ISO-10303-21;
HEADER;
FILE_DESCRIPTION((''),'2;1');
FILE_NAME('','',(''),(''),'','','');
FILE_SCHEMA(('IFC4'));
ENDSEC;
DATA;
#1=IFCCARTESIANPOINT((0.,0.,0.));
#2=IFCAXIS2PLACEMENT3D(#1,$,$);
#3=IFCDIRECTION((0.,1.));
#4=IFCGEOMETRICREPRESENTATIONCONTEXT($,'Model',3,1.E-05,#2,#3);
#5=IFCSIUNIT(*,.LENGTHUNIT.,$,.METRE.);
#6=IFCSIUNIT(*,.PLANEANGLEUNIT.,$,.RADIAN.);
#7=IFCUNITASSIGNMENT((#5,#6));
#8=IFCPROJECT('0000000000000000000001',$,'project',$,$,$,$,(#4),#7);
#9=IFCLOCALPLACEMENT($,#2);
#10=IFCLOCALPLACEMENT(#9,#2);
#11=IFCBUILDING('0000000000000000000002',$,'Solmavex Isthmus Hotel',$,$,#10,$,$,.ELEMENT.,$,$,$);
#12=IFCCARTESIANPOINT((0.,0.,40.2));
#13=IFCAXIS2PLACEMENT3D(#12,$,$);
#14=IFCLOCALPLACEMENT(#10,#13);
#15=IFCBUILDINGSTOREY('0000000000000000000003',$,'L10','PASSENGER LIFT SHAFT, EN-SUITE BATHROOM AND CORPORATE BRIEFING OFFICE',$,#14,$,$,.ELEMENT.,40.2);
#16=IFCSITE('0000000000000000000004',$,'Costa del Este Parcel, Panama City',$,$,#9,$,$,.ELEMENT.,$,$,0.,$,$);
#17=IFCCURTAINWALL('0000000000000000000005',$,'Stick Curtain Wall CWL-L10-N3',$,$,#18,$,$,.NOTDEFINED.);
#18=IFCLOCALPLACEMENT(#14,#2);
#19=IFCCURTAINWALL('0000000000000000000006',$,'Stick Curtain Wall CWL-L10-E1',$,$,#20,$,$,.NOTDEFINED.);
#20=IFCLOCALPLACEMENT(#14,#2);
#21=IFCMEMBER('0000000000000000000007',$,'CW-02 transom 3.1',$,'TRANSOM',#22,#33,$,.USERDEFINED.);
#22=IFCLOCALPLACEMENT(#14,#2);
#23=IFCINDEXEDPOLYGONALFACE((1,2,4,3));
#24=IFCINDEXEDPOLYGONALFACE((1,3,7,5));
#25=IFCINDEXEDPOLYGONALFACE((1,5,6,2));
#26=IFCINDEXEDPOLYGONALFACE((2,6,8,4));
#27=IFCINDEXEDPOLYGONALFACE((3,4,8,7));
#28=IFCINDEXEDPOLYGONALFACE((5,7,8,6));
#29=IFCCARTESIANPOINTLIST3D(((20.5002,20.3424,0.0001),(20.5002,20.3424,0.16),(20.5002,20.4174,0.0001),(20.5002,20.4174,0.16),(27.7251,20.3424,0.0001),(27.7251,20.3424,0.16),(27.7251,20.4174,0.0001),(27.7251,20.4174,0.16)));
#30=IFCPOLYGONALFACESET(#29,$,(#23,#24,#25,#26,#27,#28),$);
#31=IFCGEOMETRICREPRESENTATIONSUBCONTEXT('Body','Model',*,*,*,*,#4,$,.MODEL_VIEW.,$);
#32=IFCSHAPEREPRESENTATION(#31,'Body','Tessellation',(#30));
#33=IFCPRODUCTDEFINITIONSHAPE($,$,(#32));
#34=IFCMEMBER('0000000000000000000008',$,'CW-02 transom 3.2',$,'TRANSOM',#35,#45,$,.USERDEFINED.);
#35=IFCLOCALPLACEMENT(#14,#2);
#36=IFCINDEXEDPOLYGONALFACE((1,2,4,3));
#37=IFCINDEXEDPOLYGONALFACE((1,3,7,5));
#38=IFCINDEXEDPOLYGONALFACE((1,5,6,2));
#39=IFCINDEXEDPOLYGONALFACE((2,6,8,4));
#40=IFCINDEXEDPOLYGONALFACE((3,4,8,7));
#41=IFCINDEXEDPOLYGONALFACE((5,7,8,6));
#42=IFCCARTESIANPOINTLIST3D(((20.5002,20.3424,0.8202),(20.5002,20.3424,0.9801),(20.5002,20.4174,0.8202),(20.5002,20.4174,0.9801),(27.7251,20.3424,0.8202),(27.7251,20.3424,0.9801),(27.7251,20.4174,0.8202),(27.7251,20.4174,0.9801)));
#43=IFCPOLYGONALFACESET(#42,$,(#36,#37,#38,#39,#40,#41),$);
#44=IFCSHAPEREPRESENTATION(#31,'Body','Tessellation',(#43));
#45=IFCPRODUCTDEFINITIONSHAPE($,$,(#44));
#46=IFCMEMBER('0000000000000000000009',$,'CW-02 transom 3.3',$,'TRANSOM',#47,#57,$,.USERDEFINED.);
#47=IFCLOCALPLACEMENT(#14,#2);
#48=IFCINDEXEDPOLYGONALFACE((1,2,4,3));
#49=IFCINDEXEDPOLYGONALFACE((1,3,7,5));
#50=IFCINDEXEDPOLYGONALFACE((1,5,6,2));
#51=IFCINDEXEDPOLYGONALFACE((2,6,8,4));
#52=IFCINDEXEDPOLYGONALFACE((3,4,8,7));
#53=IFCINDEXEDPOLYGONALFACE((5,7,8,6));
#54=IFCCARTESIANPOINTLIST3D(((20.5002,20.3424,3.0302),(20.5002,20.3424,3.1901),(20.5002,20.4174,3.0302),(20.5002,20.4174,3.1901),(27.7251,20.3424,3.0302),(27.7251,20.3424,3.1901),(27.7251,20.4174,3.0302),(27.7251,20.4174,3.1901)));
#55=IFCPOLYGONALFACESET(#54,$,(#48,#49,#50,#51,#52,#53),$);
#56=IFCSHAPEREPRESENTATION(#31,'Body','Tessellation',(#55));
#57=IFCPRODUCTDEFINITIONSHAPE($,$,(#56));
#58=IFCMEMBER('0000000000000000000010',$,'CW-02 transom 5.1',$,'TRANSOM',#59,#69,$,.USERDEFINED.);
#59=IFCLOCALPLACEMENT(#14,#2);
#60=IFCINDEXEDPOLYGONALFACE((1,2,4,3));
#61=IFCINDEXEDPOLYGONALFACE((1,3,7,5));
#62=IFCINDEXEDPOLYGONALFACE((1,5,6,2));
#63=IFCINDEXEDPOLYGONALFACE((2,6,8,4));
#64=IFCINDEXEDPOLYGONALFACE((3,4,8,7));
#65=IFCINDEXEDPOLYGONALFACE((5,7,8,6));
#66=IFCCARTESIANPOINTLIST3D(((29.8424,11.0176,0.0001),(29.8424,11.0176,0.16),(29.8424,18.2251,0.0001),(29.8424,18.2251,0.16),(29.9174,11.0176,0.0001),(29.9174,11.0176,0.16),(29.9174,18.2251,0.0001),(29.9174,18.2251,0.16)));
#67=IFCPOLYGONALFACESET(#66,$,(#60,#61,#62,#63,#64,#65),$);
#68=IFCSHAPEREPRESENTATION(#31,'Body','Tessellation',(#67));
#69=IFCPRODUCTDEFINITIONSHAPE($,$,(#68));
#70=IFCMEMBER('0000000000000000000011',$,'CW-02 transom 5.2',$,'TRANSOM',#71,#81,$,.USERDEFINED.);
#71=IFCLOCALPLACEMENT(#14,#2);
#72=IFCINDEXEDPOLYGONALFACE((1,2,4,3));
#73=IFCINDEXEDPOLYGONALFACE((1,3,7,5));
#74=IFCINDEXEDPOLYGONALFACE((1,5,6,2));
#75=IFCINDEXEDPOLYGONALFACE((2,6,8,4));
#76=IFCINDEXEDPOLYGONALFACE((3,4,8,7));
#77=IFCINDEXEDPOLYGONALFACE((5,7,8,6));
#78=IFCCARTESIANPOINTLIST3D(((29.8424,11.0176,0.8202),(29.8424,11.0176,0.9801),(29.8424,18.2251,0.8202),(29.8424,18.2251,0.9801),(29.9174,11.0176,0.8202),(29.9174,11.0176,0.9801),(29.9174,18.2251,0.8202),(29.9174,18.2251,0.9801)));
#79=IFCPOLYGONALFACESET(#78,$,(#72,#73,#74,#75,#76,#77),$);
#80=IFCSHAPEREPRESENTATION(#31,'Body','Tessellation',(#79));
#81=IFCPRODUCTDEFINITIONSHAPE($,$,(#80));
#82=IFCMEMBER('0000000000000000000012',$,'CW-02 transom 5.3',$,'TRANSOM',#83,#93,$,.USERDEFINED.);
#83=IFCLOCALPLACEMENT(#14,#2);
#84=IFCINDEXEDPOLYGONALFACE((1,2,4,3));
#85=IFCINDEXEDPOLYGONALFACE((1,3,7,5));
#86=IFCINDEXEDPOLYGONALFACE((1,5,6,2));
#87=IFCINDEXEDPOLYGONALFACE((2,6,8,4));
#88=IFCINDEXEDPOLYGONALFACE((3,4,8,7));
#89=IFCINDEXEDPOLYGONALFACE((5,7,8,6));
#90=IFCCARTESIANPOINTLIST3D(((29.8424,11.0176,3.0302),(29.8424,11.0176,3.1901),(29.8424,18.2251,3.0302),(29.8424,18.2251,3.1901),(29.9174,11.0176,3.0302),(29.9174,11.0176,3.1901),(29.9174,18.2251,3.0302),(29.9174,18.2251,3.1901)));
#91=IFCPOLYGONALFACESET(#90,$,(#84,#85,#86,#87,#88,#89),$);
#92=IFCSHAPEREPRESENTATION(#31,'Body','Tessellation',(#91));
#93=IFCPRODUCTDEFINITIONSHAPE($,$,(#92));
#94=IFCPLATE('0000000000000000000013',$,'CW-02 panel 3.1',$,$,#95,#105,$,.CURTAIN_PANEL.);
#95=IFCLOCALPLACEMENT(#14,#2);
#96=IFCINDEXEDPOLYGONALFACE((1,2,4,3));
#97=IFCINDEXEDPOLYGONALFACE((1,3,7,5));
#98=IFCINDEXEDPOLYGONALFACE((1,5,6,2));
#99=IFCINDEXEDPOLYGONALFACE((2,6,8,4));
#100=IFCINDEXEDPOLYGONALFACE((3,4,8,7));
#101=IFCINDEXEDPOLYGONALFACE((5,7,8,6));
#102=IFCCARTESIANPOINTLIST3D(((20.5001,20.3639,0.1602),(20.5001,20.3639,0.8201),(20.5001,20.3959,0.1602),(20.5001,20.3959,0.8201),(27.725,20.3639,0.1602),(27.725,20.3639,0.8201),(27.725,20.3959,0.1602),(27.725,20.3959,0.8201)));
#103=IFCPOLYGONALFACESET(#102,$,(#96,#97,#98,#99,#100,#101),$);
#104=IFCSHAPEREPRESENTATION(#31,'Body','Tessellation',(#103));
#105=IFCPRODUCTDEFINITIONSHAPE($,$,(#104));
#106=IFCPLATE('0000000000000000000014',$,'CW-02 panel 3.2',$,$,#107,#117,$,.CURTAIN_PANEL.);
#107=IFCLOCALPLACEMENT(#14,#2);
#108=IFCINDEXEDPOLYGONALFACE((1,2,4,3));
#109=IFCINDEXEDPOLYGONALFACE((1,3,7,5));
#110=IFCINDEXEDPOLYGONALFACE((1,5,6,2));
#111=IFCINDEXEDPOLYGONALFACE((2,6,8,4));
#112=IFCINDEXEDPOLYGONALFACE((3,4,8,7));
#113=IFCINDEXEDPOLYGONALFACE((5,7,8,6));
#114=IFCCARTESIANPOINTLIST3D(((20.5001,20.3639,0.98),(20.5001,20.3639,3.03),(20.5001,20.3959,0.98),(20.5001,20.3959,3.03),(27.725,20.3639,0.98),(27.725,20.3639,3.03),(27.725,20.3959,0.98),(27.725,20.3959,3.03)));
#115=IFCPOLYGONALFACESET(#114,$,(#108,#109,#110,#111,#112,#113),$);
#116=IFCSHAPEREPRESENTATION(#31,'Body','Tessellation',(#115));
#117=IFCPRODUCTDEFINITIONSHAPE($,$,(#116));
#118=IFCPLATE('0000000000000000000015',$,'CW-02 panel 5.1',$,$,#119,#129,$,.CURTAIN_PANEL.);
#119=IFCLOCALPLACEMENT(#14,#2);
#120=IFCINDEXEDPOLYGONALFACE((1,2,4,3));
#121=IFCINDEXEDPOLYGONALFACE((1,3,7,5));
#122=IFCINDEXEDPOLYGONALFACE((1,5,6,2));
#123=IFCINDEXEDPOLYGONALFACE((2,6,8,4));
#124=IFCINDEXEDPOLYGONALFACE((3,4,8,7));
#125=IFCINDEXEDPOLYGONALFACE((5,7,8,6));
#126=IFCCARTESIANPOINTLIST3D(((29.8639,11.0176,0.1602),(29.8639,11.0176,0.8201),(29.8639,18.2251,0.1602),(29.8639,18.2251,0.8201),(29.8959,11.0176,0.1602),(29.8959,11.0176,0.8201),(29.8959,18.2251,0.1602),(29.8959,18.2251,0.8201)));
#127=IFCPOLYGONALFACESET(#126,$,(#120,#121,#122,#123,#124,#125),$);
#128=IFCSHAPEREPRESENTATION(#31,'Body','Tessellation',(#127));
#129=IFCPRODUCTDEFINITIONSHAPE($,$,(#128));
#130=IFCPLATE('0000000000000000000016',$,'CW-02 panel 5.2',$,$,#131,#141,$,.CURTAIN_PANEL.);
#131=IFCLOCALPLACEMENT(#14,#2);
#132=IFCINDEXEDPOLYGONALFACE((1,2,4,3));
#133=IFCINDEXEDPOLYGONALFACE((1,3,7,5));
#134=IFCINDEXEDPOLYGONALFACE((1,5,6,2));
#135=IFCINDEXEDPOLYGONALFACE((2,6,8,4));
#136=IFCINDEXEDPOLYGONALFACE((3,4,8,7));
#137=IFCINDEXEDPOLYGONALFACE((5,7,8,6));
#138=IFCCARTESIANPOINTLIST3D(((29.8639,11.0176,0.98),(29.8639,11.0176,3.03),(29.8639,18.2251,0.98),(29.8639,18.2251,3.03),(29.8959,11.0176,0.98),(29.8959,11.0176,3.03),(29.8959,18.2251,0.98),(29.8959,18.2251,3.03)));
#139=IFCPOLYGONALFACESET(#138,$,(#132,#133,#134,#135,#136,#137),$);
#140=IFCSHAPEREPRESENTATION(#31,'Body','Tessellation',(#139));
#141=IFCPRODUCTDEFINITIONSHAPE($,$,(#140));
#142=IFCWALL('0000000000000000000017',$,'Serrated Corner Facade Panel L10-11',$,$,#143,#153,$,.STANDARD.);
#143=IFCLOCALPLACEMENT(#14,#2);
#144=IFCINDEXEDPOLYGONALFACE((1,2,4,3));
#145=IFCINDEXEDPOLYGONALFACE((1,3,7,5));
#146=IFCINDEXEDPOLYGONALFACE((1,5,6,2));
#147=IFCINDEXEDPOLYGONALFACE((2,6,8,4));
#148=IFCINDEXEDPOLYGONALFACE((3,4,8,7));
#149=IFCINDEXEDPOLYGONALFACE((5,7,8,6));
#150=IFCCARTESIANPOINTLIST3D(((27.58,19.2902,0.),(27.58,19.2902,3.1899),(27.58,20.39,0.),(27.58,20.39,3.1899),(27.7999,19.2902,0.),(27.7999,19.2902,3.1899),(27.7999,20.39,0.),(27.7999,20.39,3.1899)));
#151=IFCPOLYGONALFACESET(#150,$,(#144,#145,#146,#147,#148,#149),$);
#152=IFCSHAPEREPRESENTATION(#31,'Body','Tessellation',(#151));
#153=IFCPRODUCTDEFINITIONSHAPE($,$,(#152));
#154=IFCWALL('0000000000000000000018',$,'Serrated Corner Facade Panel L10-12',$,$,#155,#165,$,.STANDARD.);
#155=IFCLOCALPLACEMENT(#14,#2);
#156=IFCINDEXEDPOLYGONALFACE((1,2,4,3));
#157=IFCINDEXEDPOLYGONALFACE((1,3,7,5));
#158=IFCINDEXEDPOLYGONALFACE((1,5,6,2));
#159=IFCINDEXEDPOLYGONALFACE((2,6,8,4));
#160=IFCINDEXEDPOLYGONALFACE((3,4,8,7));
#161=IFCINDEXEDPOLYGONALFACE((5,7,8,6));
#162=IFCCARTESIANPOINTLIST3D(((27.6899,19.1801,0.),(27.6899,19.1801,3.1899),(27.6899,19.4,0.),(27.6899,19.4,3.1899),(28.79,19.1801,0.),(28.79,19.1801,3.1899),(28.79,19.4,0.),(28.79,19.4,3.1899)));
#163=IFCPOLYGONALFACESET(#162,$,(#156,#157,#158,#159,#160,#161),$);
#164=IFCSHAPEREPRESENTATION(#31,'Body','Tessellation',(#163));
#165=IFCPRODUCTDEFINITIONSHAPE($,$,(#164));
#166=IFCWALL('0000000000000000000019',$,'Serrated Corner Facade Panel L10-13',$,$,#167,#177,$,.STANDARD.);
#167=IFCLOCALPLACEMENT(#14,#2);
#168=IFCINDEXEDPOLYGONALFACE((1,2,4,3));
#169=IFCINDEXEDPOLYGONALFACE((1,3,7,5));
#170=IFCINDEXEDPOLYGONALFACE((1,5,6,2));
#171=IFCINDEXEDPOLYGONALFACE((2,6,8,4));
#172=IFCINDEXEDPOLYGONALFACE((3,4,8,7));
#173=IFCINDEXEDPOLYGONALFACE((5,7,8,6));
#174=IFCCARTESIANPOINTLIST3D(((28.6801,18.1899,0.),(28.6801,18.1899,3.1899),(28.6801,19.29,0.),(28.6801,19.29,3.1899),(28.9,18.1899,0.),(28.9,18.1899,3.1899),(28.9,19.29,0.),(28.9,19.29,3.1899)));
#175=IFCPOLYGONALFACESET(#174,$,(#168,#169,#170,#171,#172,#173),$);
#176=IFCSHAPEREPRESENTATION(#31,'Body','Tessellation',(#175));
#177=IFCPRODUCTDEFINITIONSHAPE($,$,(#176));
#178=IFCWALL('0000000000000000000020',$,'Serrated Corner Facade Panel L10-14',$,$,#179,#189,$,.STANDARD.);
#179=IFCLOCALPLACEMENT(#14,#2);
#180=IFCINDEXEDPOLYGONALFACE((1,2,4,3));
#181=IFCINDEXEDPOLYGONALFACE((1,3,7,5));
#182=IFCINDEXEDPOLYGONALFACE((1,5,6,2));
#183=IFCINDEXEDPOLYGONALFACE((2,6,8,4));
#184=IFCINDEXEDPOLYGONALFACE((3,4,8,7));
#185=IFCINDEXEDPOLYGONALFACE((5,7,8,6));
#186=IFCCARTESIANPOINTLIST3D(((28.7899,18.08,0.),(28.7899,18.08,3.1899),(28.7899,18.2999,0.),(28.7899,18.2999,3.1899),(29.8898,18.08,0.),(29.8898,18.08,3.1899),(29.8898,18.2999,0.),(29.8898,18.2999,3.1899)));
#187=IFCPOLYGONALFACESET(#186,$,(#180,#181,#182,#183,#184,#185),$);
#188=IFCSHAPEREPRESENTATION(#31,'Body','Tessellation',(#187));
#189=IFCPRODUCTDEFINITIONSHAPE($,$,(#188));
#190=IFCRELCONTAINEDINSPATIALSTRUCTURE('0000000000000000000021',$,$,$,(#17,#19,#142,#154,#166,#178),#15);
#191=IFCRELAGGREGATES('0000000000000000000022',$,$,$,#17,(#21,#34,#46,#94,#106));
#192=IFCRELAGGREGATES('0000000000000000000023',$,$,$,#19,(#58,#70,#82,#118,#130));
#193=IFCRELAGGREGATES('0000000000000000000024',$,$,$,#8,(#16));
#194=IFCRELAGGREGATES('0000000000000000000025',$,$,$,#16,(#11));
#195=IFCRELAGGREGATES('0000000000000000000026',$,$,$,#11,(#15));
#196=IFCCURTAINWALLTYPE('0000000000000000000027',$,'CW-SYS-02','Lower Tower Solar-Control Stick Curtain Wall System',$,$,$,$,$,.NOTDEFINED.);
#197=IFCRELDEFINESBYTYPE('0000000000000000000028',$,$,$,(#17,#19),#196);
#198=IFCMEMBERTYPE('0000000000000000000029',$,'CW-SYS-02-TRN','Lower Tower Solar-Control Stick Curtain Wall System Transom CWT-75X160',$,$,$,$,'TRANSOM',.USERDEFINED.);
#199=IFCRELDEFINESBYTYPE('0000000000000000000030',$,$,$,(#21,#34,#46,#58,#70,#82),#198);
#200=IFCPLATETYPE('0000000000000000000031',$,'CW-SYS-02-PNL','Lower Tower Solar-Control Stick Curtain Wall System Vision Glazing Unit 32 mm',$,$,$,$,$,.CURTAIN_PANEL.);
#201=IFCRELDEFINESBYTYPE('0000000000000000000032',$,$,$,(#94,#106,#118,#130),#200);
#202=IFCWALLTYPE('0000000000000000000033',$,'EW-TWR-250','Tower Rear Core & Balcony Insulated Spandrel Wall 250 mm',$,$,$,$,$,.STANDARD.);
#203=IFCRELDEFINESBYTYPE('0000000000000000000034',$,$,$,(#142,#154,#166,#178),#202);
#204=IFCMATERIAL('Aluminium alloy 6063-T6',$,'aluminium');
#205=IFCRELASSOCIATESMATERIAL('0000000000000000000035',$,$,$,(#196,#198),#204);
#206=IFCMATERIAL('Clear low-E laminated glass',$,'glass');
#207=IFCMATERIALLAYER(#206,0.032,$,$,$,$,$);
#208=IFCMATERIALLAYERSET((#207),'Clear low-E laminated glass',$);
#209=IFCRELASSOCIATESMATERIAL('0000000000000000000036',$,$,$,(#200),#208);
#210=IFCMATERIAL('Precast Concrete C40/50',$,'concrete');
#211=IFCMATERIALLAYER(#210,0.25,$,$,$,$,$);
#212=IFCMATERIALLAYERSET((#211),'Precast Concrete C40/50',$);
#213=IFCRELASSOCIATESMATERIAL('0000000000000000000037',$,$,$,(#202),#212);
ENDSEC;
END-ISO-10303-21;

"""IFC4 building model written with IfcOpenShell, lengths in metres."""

from ifc_helpers import new_model, si_unit, direction, frame, frame_2d, origin, origin_2d, place, context, subcontext, project, spatial, rectangle, extrude, material, layer, layer_set, material_profile, profile_set, type_object, element, aggregate, save


model = new_model("IFC4")

# Units and contexts
model_context = context("Model", 3, precision=1e-05, world=origin(), true_north=direction((0.0, 1.0)))
body_context = subcontext(model_context, "Body", "Model", "MODEL_VIEW")
ifc_project = project(units=[si_unit("LENGTHUNIT", "METRE"), si_unit("PLANEANGLEUNIT", "RADIAN")], contexts=[model_context])

# Site, building, storey
site_placement = place(None, origin())
site = spatial("IfcSite", under=ifc_project, at=site_placement, Name="Costa del Este Parcel, Panama City", CompositionType="ELEMENT", RefElevation=0.0)
building_placement = place(site_placement, origin())
building = spatial("IfcBuilding", under=site, at=building_placement, Name="Solmavex Isthmus Hotel", CompositionType="ELEMENT")
storey_placement = place(building_placement, frame((0.0, 0.0, 40.2)))
storey = spatial("IfcBuildingStorey", under=building, at=storey_placement, Name="L10", Description="PASSENGER LIFT SHAFT, EN-SUITE BATHROOM AND CORPORATE BRIEFING OFFICE", CompositionType="ELEMENT", Elevation=40.2)

# Curtain wall
ifc_material_1 = material(Name="Aluminium alloy 6063-T6", Category="aluminium")
curtain_wall_type = type_object("IfcCurtainWallType", Name="CW-SYS-02", Description="Lower Tower Solar-Control Stick Curtain Wall System", PredefinedType="NOTDEFINED", material=ifc_material_1)
curtain_wall_1_placement = place(storey_placement, origin())
curtain_wall_1 = element("IfcCurtainWall", 1, at=curtain_wall_1_placement, inside=storey, type_object=curtain_wall_type, Name="Stick Curtain Wall CWL-L10-N3", PredefinedType="NOTDEFINED")

# Curtain wall
curtain_wall_2_placement = place(storey_placement, origin())
curtain_wall_2 = element("IfcCurtainWall", 2, at=curtain_wall_2_placement, inside=storey, type_object=curtain_wall_type, Name="Stick Curtain Wall CWL-L10-E1", PredefinedType="NOTDEFINED")

# Members
ifc_material_profile_1 = material_profile(ifc_material_1, rectangle(XDim=0.075, YDim=0.1599, at=origin_2d()), Name="CWT-75X160")
ifc_profile_set_1 = profile_set([ifc_material_profile_1], Name="Aluminium alloy 6063-T6")
member_type_1 = type_object("IfcMemberType", Name="CW-SYS-02-TRN", Description="Lower Tower Solar-Control Stick Curtain Wall System Transom CWT-75X160", ElementType="TRANSOM", PredefinedType="USERDEFINED", material=ifc_profile_set_1)
member_1_placement = place(storey_placement, frame((20.5002, 20.3799, 0.0801), z_axis=(1.0, 0.0, 0.0), x_axis=(0.0, 1.0, 0.0)))
member_1 = element("IfcMember", 3, at=member_1_placement, type_object=member_type_1, Name="CW-02 transom 3.1", ObjectType="TRANSOM", PredefinedType="USERDEFINED", context=body_context, shape_type="SweptSolid", body=[
    extrude(rectangle(XDim=0.075, YDim=0.1599, at=origin_2d()), origin(), (0.0, 0.0, 1.0), 7.2249),
])
member_2_placement = place(storey_placement, frame((20.5002, 20.3799, 0.9001), z_axis=(1.0, 0.0, 0.0), x_axis=(0.0, 1.0, 0.0)))
member_2 = element("IfcMember", 4, at=member_2_placement, type_object=member_type_1, Name="CW-02 transom 3.2", ObjectType="TRANSOM", PredefinedType="USERDEFINED", context=body_context, shape_type="SweptSolid", body=[
    extrude(rectangle(XDim=0.075, YDim=0.1599, at=origin_2d()), origin(), (0.0, 0.0, 1.0), 7.2249),
])
member_3_placement = place(storey_placement, frame((20.5002, 20.3799, 3.1101), z_axis=(1.0, 0.0, 0.0), x_axis=(0.0, 1.0, 0.0)))
member_3 = element("IfcMember", 5, at=member_3_placement, type_object=member_type_1, Name="CW-02 transom 3.3", ObjectType="TRANSOM", PredefinedType="USERDEFINED", context=body_context, shape_type="SweptSolid", body=[
    extrude(rectangle(XDim=0.075, YDim=0.1599, at=origin_2d()), origin(), (0.0, 0.0, 1.0), 7.2249),
])
member_4_placement = place(storey_placement, frame((29.8799, 11.0176, 0.0801), z_axis=(0.0, 1.0, 0.0), x_axis=(-1.0, 0.0, 0.0)))
member_4 = element("IfcMember", 6, at=member_4_placement, type_object=member_type_1, Name="CW-02 transom 5.1", ObjectType="TRANSOM", PredefinedType="USERDEFINED", context=body_context, shape_type="SweptSolid", body=[
    extrude(rectangle(XDim=0.075, YDim=0.1599, at=origin_2d()), origin(), (0.0, 0.0, 1.0), 7.2075),
])
member_5_placement = place(storey_placement, frame((29.8799, 11.0176, 0.9001), z_axis=(0.0, 1.0, 0.0), x_axis=(-1.0, 0.0, 0.0)))
member_5 = element("IfcMember", 7, at=member_5_placement, type_object=member_type_1, Name="CW-02 transom 5.2", ObjectType="TRANSOM", PredefinedType="USERDEFINED", context=body_context, shape_type="SweptSolid", body=[
    extrude(rectangle(XDim=0.075, YDim=0.1599, at=origin_2d()), origin(), (0.0, 0.0, 1.0), 7.2075),
])
member_6_placement = place(storey_placement, frame((29.8799, 11.0176, 3.1101), z_axis=(0.0, 1.0, 0.0), x_axis=(-1.0, 0.0, 0.0)))
member_6 = element("IfcMember", 8, at=member_6_placement, type_object=member_type_1, Name="CW-02 transom 5.3", ObjectType="TRANSOM", PredefinedType="USERDEFINED", context=body_context, shape_type="SweptSolid", body=[
    extrude(rectangle(XDim=0.075, YDim=0.1599, at=origin_2d()), origin(), (0.0, 0.0, 1.0), 7.2075),
])

# Plates
ifc_material_2 = material(Name="Clear low-E laminated glass", Category="glass")
ifc_layer_1 = layer(ifc_material_2, 0.032)
ifc_layer_set_1 = layer_set([ifc_layer_1], Name="Clear low-E laminated glass")
plate_type = type_object("IfcPlateType", Name="CW-SYS-02-PNL", Description="Lower Tower Solar-Control Stick Curtain Wall System Vision Glazing Unit 32 mm", PredefinedType="CURTAIN_PANEL", material=ifc_layer_set_1)
plate_1_placement = place(storey_placement, frame((24.1125, 20.3799, 0.1602), z_axis=(0.0, 0.0, 1.0), x_axis=(1.0, 0.0, 0.0)))
plate_1 = element("IfcPlate", 9, at=plate_1_placement, type_object=plate_type, Name="CW-02 panel 3.1", PredefinedType="CURTAIN_PANEL", context=body_context, shape_type="SweptSolid", body=[
    extrude(rectangle(XDim=7.2249, YDim=0.032, at=origin_2d()), origin(), (0.0, 0.0, 1.0), 0.6599),
])
plate_2_placement = place(storey_placement, frame((24.1125, 20.3799, 0.98), z_axis=(0.0, 0.0, 1.0), x_axis=(1.0, 0.0, 0.0)))
plate_2 = element("IfcPlate", 10, at=plate_2_placement, type_object=plate_type, Name="CW-02 panel 3.2", PredefinedType="CURTAIN_PANEL", context=body_context, shape_type="SweptSolid", body=[
    extrude(rectangle(XDim=7.2249, YDim=0.032, at=origin_2d()), origin(), (0.0, 0.0, 1.0), 2.05),
])
aggregate(curtain_wall_1, [member_1, member_2, member_3, plate_1, plate_2])
plate_3_placement = place(storey_placement, frame((29.8799, 14.6213, 0.1602), z_axis=(0.0, 0.0, 1.0), x_axis=(0.0, 1.0, 0.0)))
plate_3 = element("IfcPlate", 11, at=plate_3_placement, type_object=plate_type, Name="CW-02 panel 5.1", PredefinedType="CURTAIN_PANEL", context=body_context, shape_type="SweptSolid", body=[
    extrude(rectangle(XDim=7.2075, YDim=0.032, at=origin_2d()), origin(), (0.0, 0.0, 1.0), 0.6599),
])
plate_4_placement = place(storey_placement, frame((29.8799, 14.6213, 0.98), z_axis=(0.0, 0.0, 1.0), x_axis=(0.0, 1.0, 0.0)))
plate_4 = element("IfcPlate", 12, at=plate_4_placement, type_object=plate_type, Name="CW-02 panel 5.2", PredefinedType="CURTAIN_PANEL", context=body_context, shape_type="SweptSolid", body=[
    extrude(rectangle(XDim=7.2075, YDim=0.032, at=origin_2d()), origin(), (0.0, 0.0, 1.0), 2.05),
])
aggregate(curtain_wall_2, [member_4, member_5, member_6, plate_3, plate_4])

# Walls
ifc_material_3 = material(Name="Precast Concrete C40/50", Category="concrete")
ifc_layer_2 = layer(ifc_material_3, 0.25)
ifc_layer_set_2 = layer_set([ifc_layer_2], Name="Precast Concrete C40/50")
wall_type_1 = type_object("IfcWallType", Name="EW-TWR-250", Description="Tower Rear Core & Balcony Insulated Spandrel Wall 250 mm", PredefinedType="STANDARD", material=ifc_layer_set_2)
wall_1_placement = place(storey_placement, frame((27.6899, 20.3899, 0.0), z_axis=(0.0, 0.0, 1.0), x_axis=(0.0, -1.0, 0.0)))
element("IfcWall", 13, at=wall_1_placement, inside=storey, type_object=wall_type_1, Name="Serrated Corner Facade Panel L10-11", PredefinedType="STANDARD", context=body_context, shape_type="SweptSolid", body=[
    extrude(rectangle(XDim=1.0999, YDim=0.22, at=frame_2d((0.5498, 0.0))), origin(), (0.0, 0.0, 1.0), 3.1899),
])
for number, where, z_axis, x_axis, name in (
    (14, (27.6899, 19.29, 0.0), (0.0, 0.0, 1.0), (1.0, 0.0, 0.0), "Serrated Corner Facade Panel L10-12"),
    (15, (28.79, 19.29, 0.0), (0.0, 0.0, 1.0), (0.0, -1.0, 0.0), "Serrated Corner Facade Panel L10-13"),
):
    element("IfcWall", number, at=place(storey_placement, frame(where, z_axis=z_axis, x_axis=x_axis)), inside=storey, type_object=wall_type_1, Name=name, PredefinedType="STANDARD", context=body_context, shape_type="SweptSolid", body=[
        extrude(rectangle(XDim=1.1001, YDim=0.22, at=frame_2d((0.55, 0.0))), origin(), (0.0, 0.0, 1.0), 3.1899),
    ])
wall_2_placement = place(storey_placement, frame((28.79, 18.1899, 0.0), z_axis=(0.0, 0.0, 1.0), x_axis=(1.0, 0.0, 0.0)))
element("IfcWall", 16, at=wall_2_placement, inside=storey, type_object=wall_type_1, Name="Serrated Corner Facade Panel L10-14", PredefinedType="STANDARD", context=body_context, shape_type="SweptSolid", body=[
    extrude(rectangle(XDim=1.0999, YDim=0.22, at=frame_2d((0.5498, 0.0))), origin(), (0.0, 0.0, 1.0), 3.1899),
])

save(model, "model.ifc")
